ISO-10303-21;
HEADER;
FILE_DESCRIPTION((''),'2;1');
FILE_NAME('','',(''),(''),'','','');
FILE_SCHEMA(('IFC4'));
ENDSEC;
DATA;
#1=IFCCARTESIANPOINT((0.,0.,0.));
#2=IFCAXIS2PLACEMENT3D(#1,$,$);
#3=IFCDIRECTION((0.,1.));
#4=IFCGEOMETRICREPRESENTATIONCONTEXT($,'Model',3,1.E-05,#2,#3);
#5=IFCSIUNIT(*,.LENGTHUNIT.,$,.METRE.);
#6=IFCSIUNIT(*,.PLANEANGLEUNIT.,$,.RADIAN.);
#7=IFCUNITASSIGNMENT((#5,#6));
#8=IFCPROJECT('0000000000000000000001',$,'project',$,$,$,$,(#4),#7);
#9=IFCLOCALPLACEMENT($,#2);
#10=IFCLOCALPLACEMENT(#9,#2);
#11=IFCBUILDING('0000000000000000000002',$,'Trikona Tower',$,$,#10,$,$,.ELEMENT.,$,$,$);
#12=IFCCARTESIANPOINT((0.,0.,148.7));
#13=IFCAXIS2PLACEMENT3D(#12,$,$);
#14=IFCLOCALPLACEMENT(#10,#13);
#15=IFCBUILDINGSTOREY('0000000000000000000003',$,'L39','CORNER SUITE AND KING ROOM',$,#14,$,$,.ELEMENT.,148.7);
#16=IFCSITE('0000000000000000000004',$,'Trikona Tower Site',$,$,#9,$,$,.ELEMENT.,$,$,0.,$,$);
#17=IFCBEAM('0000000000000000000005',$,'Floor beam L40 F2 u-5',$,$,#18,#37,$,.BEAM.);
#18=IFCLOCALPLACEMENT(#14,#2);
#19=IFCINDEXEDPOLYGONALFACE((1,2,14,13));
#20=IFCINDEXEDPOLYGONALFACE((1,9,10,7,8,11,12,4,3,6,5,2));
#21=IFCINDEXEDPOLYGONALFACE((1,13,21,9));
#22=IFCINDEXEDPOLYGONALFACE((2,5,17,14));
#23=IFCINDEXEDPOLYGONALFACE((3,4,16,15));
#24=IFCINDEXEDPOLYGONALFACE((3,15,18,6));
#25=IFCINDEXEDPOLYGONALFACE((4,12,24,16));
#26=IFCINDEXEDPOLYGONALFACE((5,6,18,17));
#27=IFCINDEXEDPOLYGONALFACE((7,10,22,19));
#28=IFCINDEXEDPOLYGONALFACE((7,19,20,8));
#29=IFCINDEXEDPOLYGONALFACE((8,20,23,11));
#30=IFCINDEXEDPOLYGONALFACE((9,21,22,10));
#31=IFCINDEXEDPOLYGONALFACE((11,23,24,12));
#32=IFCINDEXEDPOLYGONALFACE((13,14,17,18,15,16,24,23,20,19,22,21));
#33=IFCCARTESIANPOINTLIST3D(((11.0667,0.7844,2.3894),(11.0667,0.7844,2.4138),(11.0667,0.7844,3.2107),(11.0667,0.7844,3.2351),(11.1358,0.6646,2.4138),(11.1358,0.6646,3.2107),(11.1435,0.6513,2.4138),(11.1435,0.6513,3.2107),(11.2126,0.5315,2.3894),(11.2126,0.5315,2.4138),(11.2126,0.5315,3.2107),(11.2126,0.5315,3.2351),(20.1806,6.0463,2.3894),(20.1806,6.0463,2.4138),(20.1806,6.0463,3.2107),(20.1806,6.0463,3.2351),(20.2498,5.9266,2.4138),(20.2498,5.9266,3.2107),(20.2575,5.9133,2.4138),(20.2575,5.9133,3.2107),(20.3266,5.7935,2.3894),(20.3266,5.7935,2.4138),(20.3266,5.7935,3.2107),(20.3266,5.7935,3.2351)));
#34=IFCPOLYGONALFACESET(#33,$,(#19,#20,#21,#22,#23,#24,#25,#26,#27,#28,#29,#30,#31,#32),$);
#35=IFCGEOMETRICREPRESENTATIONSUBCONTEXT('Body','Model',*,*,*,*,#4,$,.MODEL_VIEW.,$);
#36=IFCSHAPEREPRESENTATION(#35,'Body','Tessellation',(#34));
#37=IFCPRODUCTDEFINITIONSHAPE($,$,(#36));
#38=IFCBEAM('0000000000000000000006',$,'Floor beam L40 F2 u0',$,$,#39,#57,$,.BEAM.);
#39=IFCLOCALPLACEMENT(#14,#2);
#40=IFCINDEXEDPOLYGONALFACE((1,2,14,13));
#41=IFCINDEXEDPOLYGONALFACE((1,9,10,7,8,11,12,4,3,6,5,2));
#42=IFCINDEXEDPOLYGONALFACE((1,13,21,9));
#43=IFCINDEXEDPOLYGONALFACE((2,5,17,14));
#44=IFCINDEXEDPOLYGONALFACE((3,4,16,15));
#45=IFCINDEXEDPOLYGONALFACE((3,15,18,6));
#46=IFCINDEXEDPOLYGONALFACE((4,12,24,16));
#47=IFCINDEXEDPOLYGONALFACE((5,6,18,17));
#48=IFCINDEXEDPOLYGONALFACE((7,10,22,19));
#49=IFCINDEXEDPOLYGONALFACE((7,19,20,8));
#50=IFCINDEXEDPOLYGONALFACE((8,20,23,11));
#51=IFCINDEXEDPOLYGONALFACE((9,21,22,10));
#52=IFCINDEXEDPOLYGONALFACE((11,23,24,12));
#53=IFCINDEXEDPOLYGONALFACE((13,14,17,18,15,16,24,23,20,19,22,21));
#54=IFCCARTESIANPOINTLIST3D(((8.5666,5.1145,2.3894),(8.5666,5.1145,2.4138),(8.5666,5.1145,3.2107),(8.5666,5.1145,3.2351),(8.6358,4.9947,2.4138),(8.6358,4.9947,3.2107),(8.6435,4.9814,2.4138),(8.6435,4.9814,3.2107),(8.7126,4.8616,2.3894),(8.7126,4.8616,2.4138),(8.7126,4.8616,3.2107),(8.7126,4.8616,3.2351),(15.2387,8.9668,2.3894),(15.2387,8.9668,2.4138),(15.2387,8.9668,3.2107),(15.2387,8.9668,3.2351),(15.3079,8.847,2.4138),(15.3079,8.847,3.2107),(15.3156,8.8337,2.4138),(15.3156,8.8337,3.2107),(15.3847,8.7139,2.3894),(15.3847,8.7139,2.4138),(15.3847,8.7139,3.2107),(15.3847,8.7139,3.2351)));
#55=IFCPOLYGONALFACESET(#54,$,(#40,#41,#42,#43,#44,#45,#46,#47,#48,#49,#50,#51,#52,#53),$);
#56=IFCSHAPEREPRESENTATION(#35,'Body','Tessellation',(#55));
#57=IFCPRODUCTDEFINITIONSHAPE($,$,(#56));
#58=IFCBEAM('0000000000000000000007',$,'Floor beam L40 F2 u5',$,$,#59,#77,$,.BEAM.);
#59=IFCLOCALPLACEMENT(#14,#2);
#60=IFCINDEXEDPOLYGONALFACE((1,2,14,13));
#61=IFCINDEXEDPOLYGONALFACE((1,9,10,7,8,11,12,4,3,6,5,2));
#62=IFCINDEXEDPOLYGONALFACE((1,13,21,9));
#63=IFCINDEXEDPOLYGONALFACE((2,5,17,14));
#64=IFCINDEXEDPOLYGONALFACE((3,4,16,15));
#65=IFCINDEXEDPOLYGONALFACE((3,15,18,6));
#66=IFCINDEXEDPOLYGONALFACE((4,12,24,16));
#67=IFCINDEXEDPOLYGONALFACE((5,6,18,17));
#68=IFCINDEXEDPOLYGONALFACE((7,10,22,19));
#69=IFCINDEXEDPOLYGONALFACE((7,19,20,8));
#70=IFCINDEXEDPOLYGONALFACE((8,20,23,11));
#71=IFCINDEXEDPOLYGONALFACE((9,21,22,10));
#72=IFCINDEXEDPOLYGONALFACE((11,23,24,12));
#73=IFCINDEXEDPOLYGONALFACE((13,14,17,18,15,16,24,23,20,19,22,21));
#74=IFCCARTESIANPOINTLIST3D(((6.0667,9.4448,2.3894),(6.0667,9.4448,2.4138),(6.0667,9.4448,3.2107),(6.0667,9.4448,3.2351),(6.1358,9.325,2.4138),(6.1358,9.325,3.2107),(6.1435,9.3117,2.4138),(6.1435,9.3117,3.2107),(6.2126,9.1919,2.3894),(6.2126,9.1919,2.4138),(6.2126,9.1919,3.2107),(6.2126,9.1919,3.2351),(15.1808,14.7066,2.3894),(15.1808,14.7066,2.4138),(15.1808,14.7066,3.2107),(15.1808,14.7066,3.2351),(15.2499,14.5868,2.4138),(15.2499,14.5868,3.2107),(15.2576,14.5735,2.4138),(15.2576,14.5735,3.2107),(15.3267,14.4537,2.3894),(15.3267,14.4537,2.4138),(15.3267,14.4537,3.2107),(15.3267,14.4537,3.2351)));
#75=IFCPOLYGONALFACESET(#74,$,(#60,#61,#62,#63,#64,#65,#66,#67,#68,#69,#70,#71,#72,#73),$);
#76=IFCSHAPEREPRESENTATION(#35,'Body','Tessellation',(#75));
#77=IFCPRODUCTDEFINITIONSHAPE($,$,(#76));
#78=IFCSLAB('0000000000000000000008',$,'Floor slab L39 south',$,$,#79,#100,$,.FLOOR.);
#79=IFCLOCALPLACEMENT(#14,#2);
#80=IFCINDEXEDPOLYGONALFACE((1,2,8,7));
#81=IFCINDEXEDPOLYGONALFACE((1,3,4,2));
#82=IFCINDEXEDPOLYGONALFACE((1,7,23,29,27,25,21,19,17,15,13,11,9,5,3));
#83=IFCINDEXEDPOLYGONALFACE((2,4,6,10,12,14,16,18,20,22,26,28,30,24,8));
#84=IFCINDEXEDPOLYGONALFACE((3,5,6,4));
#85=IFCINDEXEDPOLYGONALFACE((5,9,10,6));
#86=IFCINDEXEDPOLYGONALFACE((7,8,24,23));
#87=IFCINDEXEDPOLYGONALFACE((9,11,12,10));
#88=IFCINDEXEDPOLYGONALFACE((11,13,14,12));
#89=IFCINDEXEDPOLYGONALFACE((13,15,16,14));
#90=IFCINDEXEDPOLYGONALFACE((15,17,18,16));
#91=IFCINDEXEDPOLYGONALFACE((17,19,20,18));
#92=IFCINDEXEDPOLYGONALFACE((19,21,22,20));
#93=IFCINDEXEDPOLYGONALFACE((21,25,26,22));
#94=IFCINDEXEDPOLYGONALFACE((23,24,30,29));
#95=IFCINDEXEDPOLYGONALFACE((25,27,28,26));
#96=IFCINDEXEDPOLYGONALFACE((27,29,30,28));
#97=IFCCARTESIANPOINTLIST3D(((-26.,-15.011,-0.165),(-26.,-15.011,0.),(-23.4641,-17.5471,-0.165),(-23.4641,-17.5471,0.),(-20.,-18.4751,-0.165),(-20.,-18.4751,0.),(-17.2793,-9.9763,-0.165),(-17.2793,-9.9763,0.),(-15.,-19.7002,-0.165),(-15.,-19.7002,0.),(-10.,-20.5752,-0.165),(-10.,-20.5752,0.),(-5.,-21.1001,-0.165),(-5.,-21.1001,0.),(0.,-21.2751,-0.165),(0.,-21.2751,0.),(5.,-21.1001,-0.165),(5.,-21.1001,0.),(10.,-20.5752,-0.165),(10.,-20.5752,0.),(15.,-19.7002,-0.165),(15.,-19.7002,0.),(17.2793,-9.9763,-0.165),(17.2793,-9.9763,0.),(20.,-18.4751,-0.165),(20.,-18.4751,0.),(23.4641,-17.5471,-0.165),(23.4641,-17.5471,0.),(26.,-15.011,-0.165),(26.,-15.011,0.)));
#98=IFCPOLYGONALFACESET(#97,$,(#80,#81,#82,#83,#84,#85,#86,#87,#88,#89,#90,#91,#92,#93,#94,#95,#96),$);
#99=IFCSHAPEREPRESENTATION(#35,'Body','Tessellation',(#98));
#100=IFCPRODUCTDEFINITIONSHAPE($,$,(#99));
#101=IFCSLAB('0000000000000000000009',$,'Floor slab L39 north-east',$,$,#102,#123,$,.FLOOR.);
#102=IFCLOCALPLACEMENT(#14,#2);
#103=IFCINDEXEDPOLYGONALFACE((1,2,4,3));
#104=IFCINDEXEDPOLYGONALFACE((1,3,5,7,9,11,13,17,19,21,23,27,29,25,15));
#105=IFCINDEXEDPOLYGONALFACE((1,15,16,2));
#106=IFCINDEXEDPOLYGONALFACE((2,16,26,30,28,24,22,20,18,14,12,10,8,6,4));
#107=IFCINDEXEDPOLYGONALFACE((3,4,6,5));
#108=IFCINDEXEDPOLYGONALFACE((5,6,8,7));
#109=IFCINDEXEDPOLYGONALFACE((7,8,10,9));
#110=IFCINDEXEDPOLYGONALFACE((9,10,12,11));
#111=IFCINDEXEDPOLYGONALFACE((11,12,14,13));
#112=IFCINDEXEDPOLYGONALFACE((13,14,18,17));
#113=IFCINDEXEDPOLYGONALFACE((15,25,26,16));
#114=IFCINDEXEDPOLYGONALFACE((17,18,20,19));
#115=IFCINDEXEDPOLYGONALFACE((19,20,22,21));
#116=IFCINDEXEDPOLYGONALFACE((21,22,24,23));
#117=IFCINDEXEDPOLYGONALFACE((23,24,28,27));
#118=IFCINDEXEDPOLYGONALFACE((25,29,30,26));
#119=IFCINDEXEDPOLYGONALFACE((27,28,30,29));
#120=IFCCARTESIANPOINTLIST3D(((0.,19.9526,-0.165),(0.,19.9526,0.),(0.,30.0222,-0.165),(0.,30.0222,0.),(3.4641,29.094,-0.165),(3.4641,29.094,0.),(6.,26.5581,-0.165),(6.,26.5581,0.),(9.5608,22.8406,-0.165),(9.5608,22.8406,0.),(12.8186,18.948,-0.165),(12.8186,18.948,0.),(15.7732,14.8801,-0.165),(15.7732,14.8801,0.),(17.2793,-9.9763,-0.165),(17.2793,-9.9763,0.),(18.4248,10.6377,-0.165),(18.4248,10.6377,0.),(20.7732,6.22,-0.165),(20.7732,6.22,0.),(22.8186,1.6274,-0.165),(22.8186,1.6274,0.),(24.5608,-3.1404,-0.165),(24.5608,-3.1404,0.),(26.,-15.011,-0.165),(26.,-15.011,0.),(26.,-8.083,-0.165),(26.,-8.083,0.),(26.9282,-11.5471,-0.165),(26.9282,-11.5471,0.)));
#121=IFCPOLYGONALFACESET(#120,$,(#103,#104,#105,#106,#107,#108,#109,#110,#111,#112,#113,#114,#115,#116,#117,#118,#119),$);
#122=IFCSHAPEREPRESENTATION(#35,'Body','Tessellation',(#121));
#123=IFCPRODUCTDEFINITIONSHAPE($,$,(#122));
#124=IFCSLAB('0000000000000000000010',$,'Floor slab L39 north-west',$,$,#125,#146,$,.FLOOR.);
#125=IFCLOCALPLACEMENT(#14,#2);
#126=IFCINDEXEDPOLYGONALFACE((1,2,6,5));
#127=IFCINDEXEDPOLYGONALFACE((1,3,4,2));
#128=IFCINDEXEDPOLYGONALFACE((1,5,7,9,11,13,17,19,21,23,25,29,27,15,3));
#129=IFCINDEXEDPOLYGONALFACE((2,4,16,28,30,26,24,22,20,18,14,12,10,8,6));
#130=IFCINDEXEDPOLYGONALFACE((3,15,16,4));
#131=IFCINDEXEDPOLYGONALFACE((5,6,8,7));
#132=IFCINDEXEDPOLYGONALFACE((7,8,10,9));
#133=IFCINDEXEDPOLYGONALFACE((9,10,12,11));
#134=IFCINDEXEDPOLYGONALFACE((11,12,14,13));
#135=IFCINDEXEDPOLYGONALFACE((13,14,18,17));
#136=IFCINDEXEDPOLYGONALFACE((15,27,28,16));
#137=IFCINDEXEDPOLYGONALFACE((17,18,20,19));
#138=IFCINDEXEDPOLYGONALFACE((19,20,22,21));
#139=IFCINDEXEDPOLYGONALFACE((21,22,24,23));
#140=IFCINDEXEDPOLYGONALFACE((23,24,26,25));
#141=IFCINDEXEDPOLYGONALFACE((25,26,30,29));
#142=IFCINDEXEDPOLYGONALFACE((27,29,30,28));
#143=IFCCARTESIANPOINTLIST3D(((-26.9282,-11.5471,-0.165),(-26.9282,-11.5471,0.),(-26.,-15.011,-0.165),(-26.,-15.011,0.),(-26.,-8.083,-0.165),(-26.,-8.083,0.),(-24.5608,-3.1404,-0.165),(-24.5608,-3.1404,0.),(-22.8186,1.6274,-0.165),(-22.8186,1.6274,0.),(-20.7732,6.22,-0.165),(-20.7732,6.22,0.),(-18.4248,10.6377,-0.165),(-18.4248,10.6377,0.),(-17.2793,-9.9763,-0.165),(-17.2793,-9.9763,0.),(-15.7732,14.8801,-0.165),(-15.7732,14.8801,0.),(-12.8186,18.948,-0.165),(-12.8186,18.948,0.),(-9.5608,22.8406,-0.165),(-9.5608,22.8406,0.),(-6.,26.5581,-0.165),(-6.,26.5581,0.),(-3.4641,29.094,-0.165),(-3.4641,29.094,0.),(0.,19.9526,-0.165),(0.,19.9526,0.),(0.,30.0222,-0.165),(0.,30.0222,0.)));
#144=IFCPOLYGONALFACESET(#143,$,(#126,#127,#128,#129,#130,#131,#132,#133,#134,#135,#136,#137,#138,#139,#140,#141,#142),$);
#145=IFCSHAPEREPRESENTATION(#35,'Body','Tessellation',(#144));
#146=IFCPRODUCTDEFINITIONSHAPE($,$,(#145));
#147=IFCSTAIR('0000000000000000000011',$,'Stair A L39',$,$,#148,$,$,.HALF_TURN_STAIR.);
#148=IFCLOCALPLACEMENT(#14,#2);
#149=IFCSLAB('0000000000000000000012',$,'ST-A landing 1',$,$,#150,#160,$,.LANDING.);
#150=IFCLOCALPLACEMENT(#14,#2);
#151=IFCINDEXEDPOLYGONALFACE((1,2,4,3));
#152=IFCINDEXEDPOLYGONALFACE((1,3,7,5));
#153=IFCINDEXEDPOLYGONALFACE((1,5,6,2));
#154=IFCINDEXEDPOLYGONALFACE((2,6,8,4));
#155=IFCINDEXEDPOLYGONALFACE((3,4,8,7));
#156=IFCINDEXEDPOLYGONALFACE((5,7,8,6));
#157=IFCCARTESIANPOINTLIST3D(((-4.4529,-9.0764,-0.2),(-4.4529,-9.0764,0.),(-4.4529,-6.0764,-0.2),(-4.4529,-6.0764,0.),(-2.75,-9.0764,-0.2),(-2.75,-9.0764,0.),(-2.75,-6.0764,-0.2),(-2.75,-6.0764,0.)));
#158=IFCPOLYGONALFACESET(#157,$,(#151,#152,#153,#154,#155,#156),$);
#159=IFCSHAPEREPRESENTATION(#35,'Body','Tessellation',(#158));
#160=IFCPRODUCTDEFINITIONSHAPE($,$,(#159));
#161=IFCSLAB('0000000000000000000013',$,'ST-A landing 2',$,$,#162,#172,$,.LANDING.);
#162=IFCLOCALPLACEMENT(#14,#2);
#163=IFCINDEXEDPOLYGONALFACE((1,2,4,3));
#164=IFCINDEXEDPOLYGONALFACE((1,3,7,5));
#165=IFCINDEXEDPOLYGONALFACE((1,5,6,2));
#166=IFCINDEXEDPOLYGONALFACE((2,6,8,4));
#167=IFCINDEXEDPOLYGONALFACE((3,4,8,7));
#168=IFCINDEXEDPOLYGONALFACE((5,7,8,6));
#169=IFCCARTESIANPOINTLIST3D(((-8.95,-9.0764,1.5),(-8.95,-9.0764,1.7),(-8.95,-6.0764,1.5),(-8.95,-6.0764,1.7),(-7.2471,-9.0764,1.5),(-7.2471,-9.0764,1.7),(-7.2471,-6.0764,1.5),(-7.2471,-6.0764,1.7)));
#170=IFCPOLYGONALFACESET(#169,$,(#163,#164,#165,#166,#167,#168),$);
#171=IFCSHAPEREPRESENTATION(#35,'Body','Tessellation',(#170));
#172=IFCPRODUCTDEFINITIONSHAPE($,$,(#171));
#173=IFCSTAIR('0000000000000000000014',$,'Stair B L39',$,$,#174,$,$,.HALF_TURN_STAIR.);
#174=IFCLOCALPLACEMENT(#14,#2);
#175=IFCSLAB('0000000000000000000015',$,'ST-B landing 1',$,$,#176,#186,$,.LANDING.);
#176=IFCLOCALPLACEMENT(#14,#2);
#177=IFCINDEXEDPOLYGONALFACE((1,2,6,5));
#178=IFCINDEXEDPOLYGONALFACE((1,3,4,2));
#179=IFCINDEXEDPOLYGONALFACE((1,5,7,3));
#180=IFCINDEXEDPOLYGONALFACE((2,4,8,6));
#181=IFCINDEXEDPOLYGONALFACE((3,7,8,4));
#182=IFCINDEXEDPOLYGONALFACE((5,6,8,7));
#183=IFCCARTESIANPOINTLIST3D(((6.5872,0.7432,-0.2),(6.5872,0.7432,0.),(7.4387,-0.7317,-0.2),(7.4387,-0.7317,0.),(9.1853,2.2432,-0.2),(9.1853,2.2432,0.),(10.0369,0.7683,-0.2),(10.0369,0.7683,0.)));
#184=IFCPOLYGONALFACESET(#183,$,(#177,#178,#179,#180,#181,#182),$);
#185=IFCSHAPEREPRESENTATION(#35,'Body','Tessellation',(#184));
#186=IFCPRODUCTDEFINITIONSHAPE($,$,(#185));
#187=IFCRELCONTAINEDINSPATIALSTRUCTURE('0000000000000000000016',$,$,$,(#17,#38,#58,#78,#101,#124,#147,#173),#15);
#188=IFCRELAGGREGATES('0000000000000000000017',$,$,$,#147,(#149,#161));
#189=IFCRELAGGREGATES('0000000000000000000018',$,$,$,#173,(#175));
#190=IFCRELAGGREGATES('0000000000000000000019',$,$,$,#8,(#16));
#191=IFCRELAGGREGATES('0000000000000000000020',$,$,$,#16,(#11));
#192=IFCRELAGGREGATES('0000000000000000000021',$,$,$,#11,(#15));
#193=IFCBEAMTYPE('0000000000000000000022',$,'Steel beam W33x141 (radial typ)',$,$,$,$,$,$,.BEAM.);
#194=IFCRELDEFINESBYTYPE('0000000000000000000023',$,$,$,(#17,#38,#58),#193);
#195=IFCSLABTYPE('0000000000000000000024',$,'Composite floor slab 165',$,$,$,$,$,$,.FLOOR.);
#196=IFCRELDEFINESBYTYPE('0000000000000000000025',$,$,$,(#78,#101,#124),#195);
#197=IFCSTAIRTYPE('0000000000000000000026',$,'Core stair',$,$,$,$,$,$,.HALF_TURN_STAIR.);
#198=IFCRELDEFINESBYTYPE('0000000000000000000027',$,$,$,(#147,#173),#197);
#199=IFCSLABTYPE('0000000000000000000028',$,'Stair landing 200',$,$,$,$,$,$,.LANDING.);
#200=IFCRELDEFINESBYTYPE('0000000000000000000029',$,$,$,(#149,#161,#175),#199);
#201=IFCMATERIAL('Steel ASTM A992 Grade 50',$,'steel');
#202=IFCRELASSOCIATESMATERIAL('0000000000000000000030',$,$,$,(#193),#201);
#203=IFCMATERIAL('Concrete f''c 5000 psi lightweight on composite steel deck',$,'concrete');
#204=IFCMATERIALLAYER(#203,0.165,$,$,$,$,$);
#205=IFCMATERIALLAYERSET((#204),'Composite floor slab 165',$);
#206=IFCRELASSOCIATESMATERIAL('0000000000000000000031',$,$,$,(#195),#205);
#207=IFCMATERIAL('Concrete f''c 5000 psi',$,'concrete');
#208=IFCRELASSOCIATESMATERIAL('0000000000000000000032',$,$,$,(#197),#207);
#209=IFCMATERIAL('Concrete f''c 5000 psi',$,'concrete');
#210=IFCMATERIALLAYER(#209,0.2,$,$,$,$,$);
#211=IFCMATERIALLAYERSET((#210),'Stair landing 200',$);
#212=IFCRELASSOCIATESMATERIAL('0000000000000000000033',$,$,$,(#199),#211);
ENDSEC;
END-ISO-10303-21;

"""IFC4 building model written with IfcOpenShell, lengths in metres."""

from ifc_helpers import new_model, si_unit, direction, frame, origin, origin_2d, place, context, subcontext, project, spatial, polyline, i_section, outline, extrude, material, layer, layer_set, material_profile, profile_set, type_object, element, aggregate, save


model = new_model("IFC4")

# Units and contexts
model_context = context("Model", 3, precision=1e-05, world=origin(), true_north=direction((0.0, 1.0)))
body_context = subcontext(model_context, "Body", "Model", "MODEL_VIEW")
ifc_project = project(units=[si_unit("LENGTHUNIT", "METRE"), si_unit("PLANEANGLEUNIT", "RADIAN")], contexts=[model_context])

# Site, building, storey
site_placement = place(None, origin())
site = spatial("IfcSite", under=ifc_project, at=site_placement, Name="Trikona Tower Site", CompositionType="ELEMENT", RefElevation=0.0)
building_placement = place(site_placement, origin())
building = spatial("IfcBuilding", under=site, at=building_placement, Name="Trikona Tower", CompositionType="ELEMENT")
storey_placement = place(building_placement, frame((0.0, 0.0, 148.7)))
storey = spatial("IfcBuildingStorey", under=building, at=storey_placement, Name="L39", Description="CORNER SUITE AND KING ROOM", CompositionType="ELEMENT", Elevation=148.7)

# Beams
ifc_material_1 = material(Name="Steel ASTM A992 Grade 50", Category="steel")
ifc_material_profile = material_profile(ifc_material_1, i_section(OverallWidth=0.292, OverallDepth=0.8457, WebThickness=0.0154, FlangeThickness=0.0244, at=origin_2d()), Name="W33X141")
ifc_profile_set = profile_set([ifc_material_profile], Name="Steel ASTM A992 Grade 50")
beam_type = type_object("IfcBeamType", Name="Steel beam W33x141 (radial typ)", PredefinedType="BEAM", material=ifc_profile_set)
beam_1_placement = place(storey_placement, frame((11.1396, 0.658, 2.8123), z_axis=(0.866026, 0.499999, 0.0), x_axis=(-0.499999, 0.866026, 0.0)))
element("IfcBeam", 1, at=beam_1_placement, inside=storey, type_object=beam_type, Name="Floor beam L40 F2 u-5", PredefinedType="BEAM", context=body_context, shape_type="SweptSolid", body=[
    extrude(i_section(OverallWidth=0.292, OverallDepth=0.8457, WebThickness=0.0154, FlangeThickness=0.0244, at=origin_2d()), origin(), (0.0, 0.0, 1.0), 10.5239),
])
beam_2_placement = place(storey_placement, frame((8.6396, 4.988, 2.8123), z_axis=(0.866017, 0.500014, 0.0), x_axis=(-0.500014, 0.866017, 0.0)))
element("IfcBeam", 2, at=beam_2_placement, inside=storey, type_object=beam_type, Name="Floor beam L40 F2 u0", PredefinedType="BEAM", context=body_context, shape_type="SweptSolid", body=[
    extrude(i_section(OverallWidth=0.292, OverallDepth=0.8457, WebThickness=0.0154, FlangeThickness=0.0244, at=origin_2d()), origin(), (0.0, 0.0, 1.0), 7.7043),
])
beam_3_placement = place(storey_placement, frame((6.1396, 9.3184, 2.8123), z_axis=(0.866036, 0.499982, 0.0), x_axis=(-0.499982, 0.866036, 0.0)))
element("IfcBeam", 3, at=beam_3_placement, inside=storey, type_object=beam_type, Name="Floor beam L40 F2 u5", PredefinedType="BEAM", context=body_context, shape_type="SweptSolid", body=[
    extrude(i_section(OverallWidth=0.292, OverallDepth=0.8457, WebThickness=0.0154, FlangeThickness=0.0244, at=origin_2d()), origin(), (0.0, 0.0, 1.0), 10.5239),
])

# Slabs
ifc_material_2 = material(Name="Concrete f'c 5000 psi lightweight on composite steel deck", Category="concrete")
ifc_layer_1 = layer(ifc_material_2, 0.165)
ifc_layer_set_1 = layer_set([ifc_layer_1], Name="Composite floor slab 165")
slab_type_1 = type_object("IfcSlabType", Name="Composite floor slab 165", PredefinedType="FLOOR", material=ifc_layer_set_1)
slab_1_placement = place(storey_placement, frame((0.0, 0.0, -0.165)))
element("IfcSlab", 4, at=slab_1_placement, inside=storey, type_object=slab_type_1, Name="Floor slab L39 south", PredefinedType="FLOOR", context=body_context, shape_type="SweptSolid", body=[
    extrude(outline(polyline([(23.4641, -17.5471), (26.0, -15.011), (17.2793, -9.9763), (-17.2793, -9.9763), (-26.0, -15.011), (-23.4641, -17.5471), (-20.0, -18.4751), (-15.0, -19.7002), (-10.0, -20.5752), (-5.0, -21.1001), (0.0, -21.2751), (5.0, -21.1001), (10.0, -20.5752), (15.0, -19.7002), (20.0, -18.4751), (23.4641, -17.5471)])), origin(), (0.0, 0.0, 1.0), 0.165),
])
slab_2_placement = place(storey_placement, frame((0.0, 0.0, -0.165)))
element("IfcSlab", 5, at=slab_2_placement, inside=storey, type_object=slab_type_1, Name="Floor slab L39 north-east", PredefinedType="FLOOR", context=body_context, shape_type="SweptSolid", body=[
    extrude(outline(polyline([(3.4641, 29.094), (0.0, 30.0222), (0.0, 19.9526), (17.2793, -9.9763), (26.0, -15.011), (26.9282, -11.5471), (26.0, -8.083), (24.5608, -3.1404), (22.8186, 1.6274), (20.7732, 6.22), (18.4248, 10.6377), (15.7732, 14.8801), (12.8186, 18.948), (9.5608, 22.8406), (6.0, 26.5581), (3.4641, 29.094)])), origin(), (0.0, 0.0, 1.0), 0.165),
])
slab_3_placement = place(storey_placement, frame((0.0, 0.0, -0.165)))
element("IfcSlab", 6, at=slab_3_placement, inside=storey, type_object=slab_type_1, Name="Floor slab L39 north-west", PredefinedType="FLOOR", context=body_context, shape_type="SweptSolid", body=[
    extrude(outline(polyline([(0.0, 19.9526), (0.0, 30.0222), (-3.4641, 29.094), (-6.0, 26.5581), (-9.5608, 22.8406), (-12.8186, 18.948), (-15.7732, 14.8801), (-18.4248, 10.6377), (-20.7732, 6.22), (-22.8186, 1.6274), (-24.5608, -3.1404), (-26.0, -8.083), (-26.9282, -11.5471), (-26.0, -15.011), (-17.2793, -9.9763), (0.0, 19.9526)])), origin(), (0.0, 0.0, 1.0), 0.165),
])

# Stairs, slabs
ifc_material_3 = material(Name="Concrete f'c 5000 psi", Category="concrete")
stair_type = type_object("IfcStairType", Name="Core stair", PredefinedType="HALF_TURN_STAIR", material=ifc_material_3)
stair_1_placement = place(storey_placement, origin())
stair_1 = element("IfcStair", 7, at=stair_1_placement, inside=storey, type_object=stair_type, Name="Stair A L39", PredefinedType="HALF_TURN_STAIR")
ifc_material_4 = material(Name="Concrete f'c 5000 psi", Category="concrete")
ifc_layer_2 = layer(ifc_material_4, 0.2)
ifc_layer_set_2 = layer_set([ifc_layer_2], Name="Stair landing 200")
slab_type_2 = type_object("IfcSlabType", Name="Stair landing 200", PredefinedType="LANDING", material=ifc_layer_set_2)
slab_4_placement = place(storey_placement, frame((0.0, 0.0, -0.2)))
slab_4 = element("IfcSlab", 8, at=slab_4_placement, type_object=slab_type_2, Name="ST-A landing 1", PredefinedType="LANDING", context=body_context, shape_type="SweptSolid", body=[
    extrude(outline(polyline([(-4.4529, -6.0764), (-2.75, -6.0764), (-2.75, -9.0764), (-4.4529, -9.0764), (-4.4529, -6.0764)])), origin(), (0.0, 0.0, 1.0), 0.2),
])
slab_5_placement = place(storey_placement, frame((0.0, 0.0, 1.5)))
slab_5 = element("IfcSlab", 9, at=slab_5_placement, type_object=slab_type_2, Name="ST-A landing 2", PredefinedType="LANDING", context=body_context, shape_type="SweptSolid", body=[
    extrude(outline(polyline([(-8.95, -6.0764), (-7.2471, -6.0764), (-7.2471, -9.0764), (-8.95, -9.0764), (-8.95, -6.0764)])), origin(), (0.0, 0.0, 1.0), 0.2),
])
aggregate(stair_1, [slab_4, slab_5])
stair_2_placement = place(storey_placement, origin())
stair_2 = element("IfcStair", 10, at=stair_2_placement, inside=storey, type_object=stair_type, Name="Stair B L39", PredefinedType="HALF_TURN_STAIR")
slab_6_placement = place(storey_placement, frame((0.0, 0.0, -0.2)))
slab_6 = element("IfcSlab", 11, at=slab_6_placement, type_object=slab_type_2, Name="ST-B landing 1", PredefinedType="LANDING", context=body_context, shape_type="SweptSolid", body=[
    extrude(outline(polyline([(7.4387, -0.7317), (6.5872, 0.7432), (9.1853, 2.2432), (10.0369, 0.7683), (7.4387, -0.7317)])), origin(), (0.0, 0.0, 1.0), 0.2),
])

aggregate(stair_2, [slab_6])

save(model, "model.ifc")
